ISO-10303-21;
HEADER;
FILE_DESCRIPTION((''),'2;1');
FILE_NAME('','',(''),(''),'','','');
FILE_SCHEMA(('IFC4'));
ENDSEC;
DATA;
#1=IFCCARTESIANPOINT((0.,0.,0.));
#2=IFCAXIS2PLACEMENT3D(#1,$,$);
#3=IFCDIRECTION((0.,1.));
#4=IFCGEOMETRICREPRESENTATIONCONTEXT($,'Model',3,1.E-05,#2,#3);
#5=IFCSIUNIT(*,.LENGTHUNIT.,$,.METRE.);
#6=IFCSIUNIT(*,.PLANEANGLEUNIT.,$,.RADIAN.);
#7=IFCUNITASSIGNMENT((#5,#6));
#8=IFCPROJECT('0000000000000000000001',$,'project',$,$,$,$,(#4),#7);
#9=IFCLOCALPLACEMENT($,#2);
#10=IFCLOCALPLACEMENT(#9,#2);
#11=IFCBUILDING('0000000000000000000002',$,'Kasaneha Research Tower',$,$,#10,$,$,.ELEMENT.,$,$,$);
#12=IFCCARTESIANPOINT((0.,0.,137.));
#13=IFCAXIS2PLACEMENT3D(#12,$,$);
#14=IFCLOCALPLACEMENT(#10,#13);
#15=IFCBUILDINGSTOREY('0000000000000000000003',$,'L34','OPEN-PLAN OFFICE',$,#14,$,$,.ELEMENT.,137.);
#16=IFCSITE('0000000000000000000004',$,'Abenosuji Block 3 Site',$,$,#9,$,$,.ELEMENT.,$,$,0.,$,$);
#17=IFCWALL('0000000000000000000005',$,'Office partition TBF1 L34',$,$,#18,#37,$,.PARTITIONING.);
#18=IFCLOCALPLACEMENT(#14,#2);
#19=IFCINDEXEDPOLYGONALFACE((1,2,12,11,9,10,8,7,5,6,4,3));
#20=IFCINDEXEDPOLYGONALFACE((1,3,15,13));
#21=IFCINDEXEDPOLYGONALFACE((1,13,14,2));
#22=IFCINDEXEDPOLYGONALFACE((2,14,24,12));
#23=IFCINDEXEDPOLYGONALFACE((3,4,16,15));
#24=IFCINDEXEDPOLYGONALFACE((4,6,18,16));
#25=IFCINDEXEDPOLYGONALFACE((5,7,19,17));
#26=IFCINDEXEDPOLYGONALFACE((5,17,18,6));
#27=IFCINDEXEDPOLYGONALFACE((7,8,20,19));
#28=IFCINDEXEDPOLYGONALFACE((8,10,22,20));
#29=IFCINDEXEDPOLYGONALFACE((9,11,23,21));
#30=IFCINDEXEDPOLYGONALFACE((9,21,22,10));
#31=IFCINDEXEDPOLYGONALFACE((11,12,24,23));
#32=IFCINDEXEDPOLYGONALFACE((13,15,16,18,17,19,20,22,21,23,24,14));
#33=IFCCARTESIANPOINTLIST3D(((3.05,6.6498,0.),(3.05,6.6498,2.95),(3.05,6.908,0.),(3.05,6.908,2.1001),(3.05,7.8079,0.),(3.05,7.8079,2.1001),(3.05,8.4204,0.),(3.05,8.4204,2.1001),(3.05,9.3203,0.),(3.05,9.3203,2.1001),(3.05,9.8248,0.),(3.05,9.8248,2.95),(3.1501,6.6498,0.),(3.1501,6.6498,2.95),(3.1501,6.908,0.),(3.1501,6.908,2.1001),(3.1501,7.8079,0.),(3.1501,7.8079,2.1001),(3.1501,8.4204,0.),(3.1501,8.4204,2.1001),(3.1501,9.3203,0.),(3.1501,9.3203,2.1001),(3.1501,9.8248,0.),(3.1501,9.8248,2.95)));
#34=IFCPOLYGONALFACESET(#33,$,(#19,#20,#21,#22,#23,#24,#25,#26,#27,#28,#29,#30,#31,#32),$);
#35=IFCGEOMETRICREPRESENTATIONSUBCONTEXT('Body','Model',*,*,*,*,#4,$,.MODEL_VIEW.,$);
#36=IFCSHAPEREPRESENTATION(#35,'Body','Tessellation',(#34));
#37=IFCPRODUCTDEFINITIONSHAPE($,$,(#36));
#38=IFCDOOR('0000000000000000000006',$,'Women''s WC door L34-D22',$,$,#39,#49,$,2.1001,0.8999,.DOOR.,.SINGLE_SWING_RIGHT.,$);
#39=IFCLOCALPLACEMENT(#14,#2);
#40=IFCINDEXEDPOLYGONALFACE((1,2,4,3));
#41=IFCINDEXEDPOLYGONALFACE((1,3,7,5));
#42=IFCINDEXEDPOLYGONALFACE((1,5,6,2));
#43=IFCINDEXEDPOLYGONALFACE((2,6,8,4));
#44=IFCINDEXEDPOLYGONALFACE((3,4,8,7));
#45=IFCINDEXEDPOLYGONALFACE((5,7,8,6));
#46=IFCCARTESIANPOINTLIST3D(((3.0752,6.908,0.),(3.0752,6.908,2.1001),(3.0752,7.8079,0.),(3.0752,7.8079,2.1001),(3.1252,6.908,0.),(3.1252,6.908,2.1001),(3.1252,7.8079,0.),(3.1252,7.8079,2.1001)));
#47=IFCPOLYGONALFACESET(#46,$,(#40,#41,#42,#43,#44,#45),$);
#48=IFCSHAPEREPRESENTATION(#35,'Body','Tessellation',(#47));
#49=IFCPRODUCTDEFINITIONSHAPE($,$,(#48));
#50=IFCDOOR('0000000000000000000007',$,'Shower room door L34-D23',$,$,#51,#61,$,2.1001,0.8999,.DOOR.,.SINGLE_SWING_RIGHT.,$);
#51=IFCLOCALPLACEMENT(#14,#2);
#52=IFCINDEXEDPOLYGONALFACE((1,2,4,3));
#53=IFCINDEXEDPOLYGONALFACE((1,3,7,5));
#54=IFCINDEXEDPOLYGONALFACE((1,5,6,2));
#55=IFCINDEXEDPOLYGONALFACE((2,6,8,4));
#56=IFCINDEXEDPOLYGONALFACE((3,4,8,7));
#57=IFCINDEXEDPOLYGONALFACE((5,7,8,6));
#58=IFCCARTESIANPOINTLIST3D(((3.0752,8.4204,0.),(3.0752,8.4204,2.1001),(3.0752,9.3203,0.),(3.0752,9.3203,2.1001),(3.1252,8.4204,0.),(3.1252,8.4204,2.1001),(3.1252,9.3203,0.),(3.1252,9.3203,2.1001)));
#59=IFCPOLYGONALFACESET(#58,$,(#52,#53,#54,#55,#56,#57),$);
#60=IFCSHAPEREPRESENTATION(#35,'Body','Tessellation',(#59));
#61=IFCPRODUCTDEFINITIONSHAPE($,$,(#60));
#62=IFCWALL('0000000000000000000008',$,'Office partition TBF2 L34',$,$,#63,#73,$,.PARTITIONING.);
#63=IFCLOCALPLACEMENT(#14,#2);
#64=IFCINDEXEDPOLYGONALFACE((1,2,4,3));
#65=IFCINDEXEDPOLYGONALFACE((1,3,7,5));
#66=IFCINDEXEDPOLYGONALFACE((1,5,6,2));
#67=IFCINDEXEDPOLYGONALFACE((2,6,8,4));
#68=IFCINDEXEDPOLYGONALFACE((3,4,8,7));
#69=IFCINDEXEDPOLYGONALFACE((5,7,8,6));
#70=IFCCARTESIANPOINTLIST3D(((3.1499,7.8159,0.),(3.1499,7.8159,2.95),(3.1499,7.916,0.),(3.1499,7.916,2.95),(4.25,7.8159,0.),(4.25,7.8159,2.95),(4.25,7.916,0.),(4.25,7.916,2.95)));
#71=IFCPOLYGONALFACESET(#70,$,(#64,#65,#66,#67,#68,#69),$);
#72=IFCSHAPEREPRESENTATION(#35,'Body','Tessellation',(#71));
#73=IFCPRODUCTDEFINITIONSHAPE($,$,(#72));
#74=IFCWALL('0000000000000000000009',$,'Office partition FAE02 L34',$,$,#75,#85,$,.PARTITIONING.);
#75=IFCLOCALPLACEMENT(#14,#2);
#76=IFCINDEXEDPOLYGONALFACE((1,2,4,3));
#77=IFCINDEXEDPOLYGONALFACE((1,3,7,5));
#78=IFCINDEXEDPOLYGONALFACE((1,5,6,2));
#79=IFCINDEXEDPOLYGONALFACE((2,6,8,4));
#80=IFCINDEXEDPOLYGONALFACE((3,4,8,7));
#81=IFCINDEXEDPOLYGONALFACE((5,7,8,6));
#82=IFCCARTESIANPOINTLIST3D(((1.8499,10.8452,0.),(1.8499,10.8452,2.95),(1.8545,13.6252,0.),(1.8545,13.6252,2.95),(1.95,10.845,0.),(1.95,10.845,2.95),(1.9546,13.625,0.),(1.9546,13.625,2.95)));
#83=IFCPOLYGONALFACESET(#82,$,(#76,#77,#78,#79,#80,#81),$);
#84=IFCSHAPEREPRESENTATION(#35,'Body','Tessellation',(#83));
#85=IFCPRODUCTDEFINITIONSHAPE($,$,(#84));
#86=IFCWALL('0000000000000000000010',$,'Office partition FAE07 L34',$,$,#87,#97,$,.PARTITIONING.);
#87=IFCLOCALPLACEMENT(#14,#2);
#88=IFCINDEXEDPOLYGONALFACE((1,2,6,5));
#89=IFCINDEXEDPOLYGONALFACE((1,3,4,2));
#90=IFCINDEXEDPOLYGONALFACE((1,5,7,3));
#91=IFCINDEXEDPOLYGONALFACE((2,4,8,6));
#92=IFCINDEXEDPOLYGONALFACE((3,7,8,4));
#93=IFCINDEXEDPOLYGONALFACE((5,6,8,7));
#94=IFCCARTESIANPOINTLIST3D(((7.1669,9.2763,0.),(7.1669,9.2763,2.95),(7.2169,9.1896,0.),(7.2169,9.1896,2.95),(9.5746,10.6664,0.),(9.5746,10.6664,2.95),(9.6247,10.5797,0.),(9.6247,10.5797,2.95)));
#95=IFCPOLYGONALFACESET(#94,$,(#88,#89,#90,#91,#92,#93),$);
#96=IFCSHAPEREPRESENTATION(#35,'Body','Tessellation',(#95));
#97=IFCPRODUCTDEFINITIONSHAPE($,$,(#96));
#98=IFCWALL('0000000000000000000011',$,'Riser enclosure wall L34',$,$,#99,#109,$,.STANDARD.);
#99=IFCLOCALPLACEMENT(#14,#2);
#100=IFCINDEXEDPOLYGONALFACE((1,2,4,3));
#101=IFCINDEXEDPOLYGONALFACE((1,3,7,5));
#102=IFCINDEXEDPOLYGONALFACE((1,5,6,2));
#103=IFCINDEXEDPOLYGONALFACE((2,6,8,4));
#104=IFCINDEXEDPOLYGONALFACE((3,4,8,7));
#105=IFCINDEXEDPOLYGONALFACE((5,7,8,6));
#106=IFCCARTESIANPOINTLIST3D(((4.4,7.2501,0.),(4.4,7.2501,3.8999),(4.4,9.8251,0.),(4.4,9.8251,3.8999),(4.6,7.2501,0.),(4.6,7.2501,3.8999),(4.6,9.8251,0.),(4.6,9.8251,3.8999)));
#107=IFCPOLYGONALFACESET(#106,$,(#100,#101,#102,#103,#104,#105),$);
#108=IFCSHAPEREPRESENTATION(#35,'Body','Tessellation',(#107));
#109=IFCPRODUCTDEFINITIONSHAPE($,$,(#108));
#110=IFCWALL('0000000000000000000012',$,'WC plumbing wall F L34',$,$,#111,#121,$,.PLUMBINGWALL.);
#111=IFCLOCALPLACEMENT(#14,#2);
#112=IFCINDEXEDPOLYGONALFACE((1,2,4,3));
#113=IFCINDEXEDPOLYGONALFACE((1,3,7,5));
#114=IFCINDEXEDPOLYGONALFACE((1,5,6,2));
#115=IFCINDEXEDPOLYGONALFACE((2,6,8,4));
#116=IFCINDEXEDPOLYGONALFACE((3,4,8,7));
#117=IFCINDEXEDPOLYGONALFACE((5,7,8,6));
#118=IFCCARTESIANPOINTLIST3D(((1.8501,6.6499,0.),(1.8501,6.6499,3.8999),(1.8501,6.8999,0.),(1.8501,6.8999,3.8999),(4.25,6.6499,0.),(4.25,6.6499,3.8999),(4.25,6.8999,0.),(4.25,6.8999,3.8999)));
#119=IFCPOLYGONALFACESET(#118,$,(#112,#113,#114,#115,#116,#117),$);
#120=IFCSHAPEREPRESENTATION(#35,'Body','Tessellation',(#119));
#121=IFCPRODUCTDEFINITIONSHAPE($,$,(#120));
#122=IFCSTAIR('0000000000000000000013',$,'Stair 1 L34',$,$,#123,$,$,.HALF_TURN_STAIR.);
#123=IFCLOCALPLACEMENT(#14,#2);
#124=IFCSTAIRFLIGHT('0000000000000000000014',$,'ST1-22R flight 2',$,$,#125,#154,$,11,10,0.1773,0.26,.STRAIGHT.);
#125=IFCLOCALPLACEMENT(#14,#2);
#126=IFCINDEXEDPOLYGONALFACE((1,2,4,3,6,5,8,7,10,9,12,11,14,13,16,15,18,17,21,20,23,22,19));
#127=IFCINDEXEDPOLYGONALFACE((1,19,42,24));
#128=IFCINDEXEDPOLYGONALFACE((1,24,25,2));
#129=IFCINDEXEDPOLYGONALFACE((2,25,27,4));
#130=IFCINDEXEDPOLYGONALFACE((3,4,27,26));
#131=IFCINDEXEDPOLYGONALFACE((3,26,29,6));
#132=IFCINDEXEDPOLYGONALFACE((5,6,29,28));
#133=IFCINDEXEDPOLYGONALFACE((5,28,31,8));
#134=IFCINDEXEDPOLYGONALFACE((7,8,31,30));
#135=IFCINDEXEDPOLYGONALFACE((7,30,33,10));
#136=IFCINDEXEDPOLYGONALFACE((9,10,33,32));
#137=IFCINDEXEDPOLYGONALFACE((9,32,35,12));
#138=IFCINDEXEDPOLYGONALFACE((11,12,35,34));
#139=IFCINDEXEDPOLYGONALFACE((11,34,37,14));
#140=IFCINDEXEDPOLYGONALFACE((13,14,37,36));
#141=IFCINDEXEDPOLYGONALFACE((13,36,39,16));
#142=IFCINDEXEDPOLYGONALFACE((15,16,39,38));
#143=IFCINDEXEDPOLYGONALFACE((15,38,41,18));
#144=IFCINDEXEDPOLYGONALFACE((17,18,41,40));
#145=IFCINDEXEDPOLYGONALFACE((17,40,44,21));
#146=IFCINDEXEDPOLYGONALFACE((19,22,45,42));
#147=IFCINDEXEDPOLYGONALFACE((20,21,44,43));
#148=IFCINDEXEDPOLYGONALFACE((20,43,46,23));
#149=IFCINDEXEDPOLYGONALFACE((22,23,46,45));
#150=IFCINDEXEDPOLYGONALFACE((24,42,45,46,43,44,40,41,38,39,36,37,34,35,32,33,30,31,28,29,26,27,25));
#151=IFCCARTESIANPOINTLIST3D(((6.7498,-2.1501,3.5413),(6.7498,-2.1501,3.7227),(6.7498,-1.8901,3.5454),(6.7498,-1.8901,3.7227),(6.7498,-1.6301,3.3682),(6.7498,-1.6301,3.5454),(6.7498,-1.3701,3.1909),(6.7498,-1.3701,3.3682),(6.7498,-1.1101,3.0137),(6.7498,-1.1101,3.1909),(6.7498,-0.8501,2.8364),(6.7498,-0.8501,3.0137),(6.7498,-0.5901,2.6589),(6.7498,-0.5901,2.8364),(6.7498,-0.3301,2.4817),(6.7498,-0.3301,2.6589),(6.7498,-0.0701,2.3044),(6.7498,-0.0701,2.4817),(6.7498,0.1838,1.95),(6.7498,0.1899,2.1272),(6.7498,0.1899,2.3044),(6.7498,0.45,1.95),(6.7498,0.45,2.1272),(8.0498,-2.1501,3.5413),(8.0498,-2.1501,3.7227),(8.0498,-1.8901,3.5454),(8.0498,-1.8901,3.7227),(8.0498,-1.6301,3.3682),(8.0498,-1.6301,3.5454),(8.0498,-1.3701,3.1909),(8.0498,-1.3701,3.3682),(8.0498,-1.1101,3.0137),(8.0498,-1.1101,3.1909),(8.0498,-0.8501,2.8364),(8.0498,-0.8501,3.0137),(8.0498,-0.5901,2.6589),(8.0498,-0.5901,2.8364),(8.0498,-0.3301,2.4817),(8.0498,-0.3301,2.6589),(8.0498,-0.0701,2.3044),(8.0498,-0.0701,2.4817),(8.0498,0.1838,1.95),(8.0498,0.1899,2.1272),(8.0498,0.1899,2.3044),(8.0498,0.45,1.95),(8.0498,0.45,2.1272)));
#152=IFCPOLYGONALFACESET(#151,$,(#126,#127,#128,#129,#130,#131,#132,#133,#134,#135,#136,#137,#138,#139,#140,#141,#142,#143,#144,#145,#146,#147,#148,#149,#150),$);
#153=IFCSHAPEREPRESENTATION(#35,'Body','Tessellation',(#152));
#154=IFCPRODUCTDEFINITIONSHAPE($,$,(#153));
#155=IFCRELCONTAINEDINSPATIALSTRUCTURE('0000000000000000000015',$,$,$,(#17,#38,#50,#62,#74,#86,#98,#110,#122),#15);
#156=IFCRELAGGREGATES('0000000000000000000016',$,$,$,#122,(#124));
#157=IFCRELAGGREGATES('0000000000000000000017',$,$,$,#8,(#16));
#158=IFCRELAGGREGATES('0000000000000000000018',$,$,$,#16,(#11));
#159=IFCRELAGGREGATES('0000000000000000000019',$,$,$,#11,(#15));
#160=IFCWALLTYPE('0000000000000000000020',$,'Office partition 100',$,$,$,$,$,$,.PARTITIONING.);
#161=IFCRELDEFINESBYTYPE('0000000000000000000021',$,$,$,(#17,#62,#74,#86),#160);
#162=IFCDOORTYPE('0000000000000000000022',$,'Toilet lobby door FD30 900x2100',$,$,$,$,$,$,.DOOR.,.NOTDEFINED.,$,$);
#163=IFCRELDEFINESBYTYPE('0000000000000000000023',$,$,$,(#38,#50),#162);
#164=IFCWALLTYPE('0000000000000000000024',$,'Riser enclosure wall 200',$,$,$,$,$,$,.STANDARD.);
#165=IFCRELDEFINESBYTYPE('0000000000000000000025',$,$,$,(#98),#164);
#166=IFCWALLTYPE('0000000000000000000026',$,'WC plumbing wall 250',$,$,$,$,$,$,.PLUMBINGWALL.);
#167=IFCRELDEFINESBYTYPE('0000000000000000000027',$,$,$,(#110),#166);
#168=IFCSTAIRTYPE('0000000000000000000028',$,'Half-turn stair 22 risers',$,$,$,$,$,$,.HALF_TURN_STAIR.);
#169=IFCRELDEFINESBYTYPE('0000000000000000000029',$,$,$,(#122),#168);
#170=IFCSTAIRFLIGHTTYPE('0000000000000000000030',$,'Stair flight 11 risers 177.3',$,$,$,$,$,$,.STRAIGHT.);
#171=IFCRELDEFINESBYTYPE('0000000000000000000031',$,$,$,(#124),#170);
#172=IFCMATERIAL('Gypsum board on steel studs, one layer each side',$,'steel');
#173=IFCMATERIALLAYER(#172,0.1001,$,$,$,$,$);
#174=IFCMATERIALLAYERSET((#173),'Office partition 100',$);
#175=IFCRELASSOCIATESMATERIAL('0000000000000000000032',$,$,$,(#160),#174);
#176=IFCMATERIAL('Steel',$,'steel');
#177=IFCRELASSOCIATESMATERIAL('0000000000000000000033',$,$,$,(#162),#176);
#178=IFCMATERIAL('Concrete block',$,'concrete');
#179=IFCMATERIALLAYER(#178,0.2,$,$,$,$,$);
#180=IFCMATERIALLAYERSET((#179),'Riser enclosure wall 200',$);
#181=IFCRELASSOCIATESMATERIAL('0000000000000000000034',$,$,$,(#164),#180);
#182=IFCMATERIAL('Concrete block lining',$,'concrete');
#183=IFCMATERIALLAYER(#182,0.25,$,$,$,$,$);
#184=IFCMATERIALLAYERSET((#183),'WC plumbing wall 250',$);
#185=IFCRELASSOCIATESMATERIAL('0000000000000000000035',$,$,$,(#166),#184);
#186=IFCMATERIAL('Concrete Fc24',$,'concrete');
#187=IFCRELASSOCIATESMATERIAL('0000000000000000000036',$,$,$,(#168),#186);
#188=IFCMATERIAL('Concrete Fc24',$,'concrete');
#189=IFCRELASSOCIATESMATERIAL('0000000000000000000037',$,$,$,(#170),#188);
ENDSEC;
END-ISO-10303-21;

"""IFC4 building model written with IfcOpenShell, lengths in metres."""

from ifc_helpers import new_model, si_unit, direction, frame, frame_2d, origin, place, context, subcontext, project, spatial, polyline, rectangle, outline, extrude, material, layer, layer_set, type_object, element, fill, aggregate, save


model = new_model("IFC4")

# Units and contexts
model_context = context("Model", 3, precision=1e-05, world=origin(), true_north=direction((0.0, 1.0)))
body_context = subcontext(model_context, "Body", "Model", "MODEL_VIEW")
ifc_project = project(units=[si_unit("LENGTHUNIT", "METRE"), si_unit("PLANEANGLEUNIT", "RADIAN")], contexts=[model_context])

# Site, building, storey
site_placement = place(None, origin())
site = spatial("IfcSite", under=ifc_project, at=site_placement, Name="Abenosuji Block 3 Site", CompositionType="ELEMENT", RefElevation=0.0)
building_placement = place(site_placement, origin())
building = spatial("IfcBuilding", under=site, at=building_placement, Name="Kasaneha Research Tower", CompositionType="ELEMENT")
storey_placement = place(building_placement, frame((0.0, 0.0, 137.0)))
storey = spatial("IfcBuildingStorey", under=building, at=storey_placement, Name="L34", Description="OPEN-PLAN OFFICE", CompositionType="ELEMENT", Elevation=137.0)

# Wall, openings, doors
ifc_material_1 = material(Name="Gypsum board on steel studs, one layer each side", Category="steel")
ifc_layer_1 = layer(ifc_material_1, 0.1001)
ifc_layer_set_1 = layer_set([ifc_layer_1], Name="Office partition 100")
wall_type_1 = type_object("IfcWallType", Name="Office partition 100", PredefinedType="PARTITIONING", material=ifc_layer_set_1)
wall_1_placement = place(storey_placement, frame((3.1001, 6.6499, 0.0), z_axis=(0.0, 0.0, 1.0), x_axis=(0.0, 1.0, 0.0)))
wall_1 = element("IfcWall", 1, at=wall_1_placement, inside=storey, type_object=wall_type_1, Name="Office partition TBF1 L34", PredefinedType="PARTITIONING", context=body_context, shape_type="SweptSolid", body=[
    extrude(rectangle(XDim=3.175, YDim=0.1001, at=frame_2d((1.5874, 0.0))), origin(), (0.0, 0.0, 1.0), 2.95),
])
opening_1_placement = place(wall_1_placement, frame((0.2581, 0.0, 0.0)))
opening_1 = element("IfcOpeningElement", 2, at=opening_1_placement, cuts=wall_1, PredefinedType="OPENING", context=body_context, shape_type="SweptSolid", body=[
    extrude(rectangle(XDim=0.8999, YDim=2.1001, at=frame_2d((0.45, 1.05))), frame((0.0, 0.0601, 0.0), z_axis=(0.0, -1.0, 0.0), x_axis=(1.0, 0.0, 0.0)), (0.0, 0.0, 1.0), 0.1201),
])
opening_2_placement = place(wall_1_placement, frame((1.7705, 0.0, 0.0)))
opening_2 = element("IfcOpeningElement", 3, at=opening_2_placement, cuts=wall_1, PredefinedType="OPENING", context=body_context, shape_type="SweptSolid", body=[
    extrude(rectangle(XDim=0.8999, YDim=2.1001, at=frame_2d((0.45, 1.05))), frame((0.0, 0.0601, 0.0), z_axis=(0.0, -1.0, 0.0), x_axis=(1.0, 0.0, 0.0)), (0.0, 0.0, 1.0), 0.1201),
])
ifc_material_2 = material(Name="Steel", Category="steel")
door_type_1 = type_object("IfcDoorType", Name="Toilet lobby door FD30 900x2100", OperationType="NOTDEFINED", PredefinedType="DOOR", material=ifc_material_2)
door_1_placement = place(opening_1_placement, origin())
door_1 = element("IfcDoor", 4, at=door_1_placement, inside=storey, type_object=door_type_1, Name="Women's WC door L34-D22", OperationType="SINGLE_SWING_RIGHT", OverallHeight=2.1001, OverallWidth=0.8999, PredefinedType="DOOR", context=body_context, shape_type="SweptSolid", body=[
    extrude(rectangle(XDim=0.8999, YDim=2.1001, at=frame_2d((0.45, 1.05))), frame((0.0, 0.0249, 0.0), z_axis=(0.0, -1.0, 0.0), x_axis=(1.0, 0.0, 0.0)), (0.0, 0.0, 1.0), 0.05),
])
fill(opening_1, door_1)
door_2_placement = place(opening_2_placement, origin())
door_2 = element("IfcDoor", 5, at=door_2_placement, inside=storey, type_object=door_type_1, Name="Shower room door L34-D23", OperationType="SINGLE_SWING_RIGHT", OverallHeight=2.1001, OverallWidth=0.8999, PredefinedType="DOOR", context=body_context, shape_type="SweptSolid", body=[
    extrude(rectangle(XDim=0.8999, YDim=2.1001, at=frame_2d((0.45, 1.05))), frame((0.0, 0.0249, 0.0), z_axis=(0.0, -1.0, 0.0), x_axis=(1.0, 0.0, 0.0)), (0.0, 0.0, 1.0), 0.05),
])
fill(opening_2, door_2)

# Walls
wall_2_placement = place(storey_placement, frame((3.1499, 7.866, 0.0), z_axis=(0.0, 0.0, 1.0), x_axis=(1.0, 0.0, 0.0)))
element("IfcWall", 6, at=wall_2_placement, inside=storey, type_object=wall_type_1, Name="Office partition TBF2 L34", PredefinedType="PARTITIONING", context=body_context, shape_type="SweptSolid", body=[
    extrude(rectangle(XDim=1.1001, YDim=0.1001, at=frame_2d((0.55, 0.0))), origin(), (0.0, 0.0, 1.0), 2.95),
])
wall_3_placement = place(storey_placement, frame((1.8999, 10.845, 0.0), z_axis=(0.0, 0.0, 1.0), x_axis=(0.001669, 0.999999, 0.0)))
element("IfcWall", 7, at=wall_3_placement, inside=storey, type_object=wall_type_1, Name="Office partition FAE02 L34", PredefinedType="PARTITIONING", context=body_context, shape_type="SweptSolid", body=[
    extrude(rectangle(XDim=2.78, YDim=0.1001, at=frame_2d((1.3901, 0.0))), origin(), (0.0, 0.0, 1.0), 2.95),
])
wall_4_placement = place(storey_placement, frame((7.1919, 9.2329, 0.0), z_axis=(0.0, 0.0, 1.0), x_axis=(0.866019, 0.500011, 0.0)))
element("IfcWall", 8, at=wall_4_placement, inside=storey, type_object=wall_type_1, Name="Office partition FAE07 L34", PredefinedType="PARTITIONING", context=body_context, shape_type="SweptSolid", body=[
    extrude(rectangle(XDim=2.7803, YDim=0.1001, at=frame_2d((1.3901, 0.0))), origin(), (0.0, 0.0, 1.0), 2.95),
])
ifc_material_3 = material(Name="Concrete block", Category="concrete")
ifc_layer_2 = layer(ifc_material_3, 0.2)
ifc_layer_set_2 = layer_set([ifc_layer_2], Name="Riser enclosure wall 200")
wall_type_2 = type_object("IfcWallType", Name="Riser enclosure wall 200", PredefinedType="STANDARD", material=ifc_layer_set_2)
wall_5_placement = place(storey_placement, frame((4.5, 7.25, 0.0), z_axis=(0.0, 0.0, 1.0), x_axis=(0.0, 1.0, 0.0)))
element("IfcWall", 9, at=wall_5_placement, inside=storey, type_object=wall_type_2, Name="Riser enclosure wall L34", PredefinedType="STANDARD", context=body_context, shape_type="SweptSolid", body=[
    extrude(rectangle(XDim=2.575, YDim=0.2, at=frame_2d((1.2876, 0.0))), origin(), (0.0, 0.0, 1.0), 3.8999),
])
ifc_material_4 = material(Name="Concrete block lining", Category="concrete")
ifc_layer_3 = layer(ifc_material_4, 0.25)
ifc_layer_set_3 = layer_set([ifc_layer_3], Name="WC plumbing wall 250")
wall_type_3 = type_object("IfcWallType", Name="WC plumbing wall 250", PredefinedType="PLUMBINGWALL", material=ifc_layer_set_3)
wall_6_placement = place(storey_placement, frame((1.8501, 6.7749, 0.0), z_axis=(0.0, 0.0, 1.0), x_axis=(1.0, 0.0, 0.0)))
element("IfcWall", 10, at=wall_6_placement, inside=storey, type_object=wall_type_3, Name="WC plumbing wall F L34", PredefinedType="PLUMBINGWALL", context=body_context, shape_type="SweptSolid", body=[
    extrude(rectangle(XDim=2.3999, YDim=0.25, at=frame_2d((1.2, 0.0))), origin(), (0.0, 0.0, 1.0), 3.8999),
])

# Stair, stair flight
ifc_material_5 = material(Name="Concrete Fc24", Category="concrete")
stair_type = type_object("IfcStairType", Name="Half-turn stair 22 risers", PredefinedType="HALF_TURN_STAIR", material=ifc_material_5)
stair_placement = place(storey_placement, origin())
stair = element("IfcStair", 11, at=stair_placement, inside=storey, type_object=stair_type, Name="Stair 1 L34", PredefinedType="HALF_TURN_STAIR")
ifc_material_6 = material(Name="Concrete Fc24", Category="concrete")
stair_flight_type = type_object("IfcStairFlightType", Name="Stair flight 11 risers 177.3", PredefinedType="STRAIGHT", material=ifc_material_6)
stair_flight_placement = place(storey_placement, frame((7.3999, 0.45, 1.95), z_axis=(0.0, 0.0, 1.0), x_axis=(0.0, -1.0, 0.0)))
stair_flight = element("IfcStairFlight", 12, at=stair_flight_placement, type_object=stair_flight_type, Name="ST1-22R flight 2", NumberOfRisers=11, NumberOfTreads=10, PredefinedType="STRAIGHT", RiserHeight=0.1773, TreadLength=0.26, context=body_context, shape_type="SweptSolid", body=[
    extrude(outline(polyline([(0.0, 0.0), (0.0, 0.1772), (0.26, 0.1772), (0.26, 0.3545), (0.52, 0.3545), (0.52, 0.5317), (0.78, 0.5317), (0.78, 0.709), (1.04, 0.709), (1.04, 0.8865), (1.3, 0.8865), (1.3, 1.0637), (1.5601, 1.0637), (1.5601, 1.241), (1.8201, 1.241), (1.8201, 1.4182), (2.0801, 1.4182), (2.0801, 1.5955), (2.3401, 1.5955), (2.3401, 1.7727), (2.6001, 1.7727), (2.6001, 1.95), (2.6001, 1.5913), (0.2661, 0.0), (0.0, 0.0)])), frame((0.0, 0.6499, 0.0), z_axis=(0.0, -1.0, 0.0), x_axis=(1.0, 0.0, 0.0)), (0.0, 0.0, 1.0), 1.3),
])
aggregate(stair, [stair_flight])

save(model, "model.ifc")
